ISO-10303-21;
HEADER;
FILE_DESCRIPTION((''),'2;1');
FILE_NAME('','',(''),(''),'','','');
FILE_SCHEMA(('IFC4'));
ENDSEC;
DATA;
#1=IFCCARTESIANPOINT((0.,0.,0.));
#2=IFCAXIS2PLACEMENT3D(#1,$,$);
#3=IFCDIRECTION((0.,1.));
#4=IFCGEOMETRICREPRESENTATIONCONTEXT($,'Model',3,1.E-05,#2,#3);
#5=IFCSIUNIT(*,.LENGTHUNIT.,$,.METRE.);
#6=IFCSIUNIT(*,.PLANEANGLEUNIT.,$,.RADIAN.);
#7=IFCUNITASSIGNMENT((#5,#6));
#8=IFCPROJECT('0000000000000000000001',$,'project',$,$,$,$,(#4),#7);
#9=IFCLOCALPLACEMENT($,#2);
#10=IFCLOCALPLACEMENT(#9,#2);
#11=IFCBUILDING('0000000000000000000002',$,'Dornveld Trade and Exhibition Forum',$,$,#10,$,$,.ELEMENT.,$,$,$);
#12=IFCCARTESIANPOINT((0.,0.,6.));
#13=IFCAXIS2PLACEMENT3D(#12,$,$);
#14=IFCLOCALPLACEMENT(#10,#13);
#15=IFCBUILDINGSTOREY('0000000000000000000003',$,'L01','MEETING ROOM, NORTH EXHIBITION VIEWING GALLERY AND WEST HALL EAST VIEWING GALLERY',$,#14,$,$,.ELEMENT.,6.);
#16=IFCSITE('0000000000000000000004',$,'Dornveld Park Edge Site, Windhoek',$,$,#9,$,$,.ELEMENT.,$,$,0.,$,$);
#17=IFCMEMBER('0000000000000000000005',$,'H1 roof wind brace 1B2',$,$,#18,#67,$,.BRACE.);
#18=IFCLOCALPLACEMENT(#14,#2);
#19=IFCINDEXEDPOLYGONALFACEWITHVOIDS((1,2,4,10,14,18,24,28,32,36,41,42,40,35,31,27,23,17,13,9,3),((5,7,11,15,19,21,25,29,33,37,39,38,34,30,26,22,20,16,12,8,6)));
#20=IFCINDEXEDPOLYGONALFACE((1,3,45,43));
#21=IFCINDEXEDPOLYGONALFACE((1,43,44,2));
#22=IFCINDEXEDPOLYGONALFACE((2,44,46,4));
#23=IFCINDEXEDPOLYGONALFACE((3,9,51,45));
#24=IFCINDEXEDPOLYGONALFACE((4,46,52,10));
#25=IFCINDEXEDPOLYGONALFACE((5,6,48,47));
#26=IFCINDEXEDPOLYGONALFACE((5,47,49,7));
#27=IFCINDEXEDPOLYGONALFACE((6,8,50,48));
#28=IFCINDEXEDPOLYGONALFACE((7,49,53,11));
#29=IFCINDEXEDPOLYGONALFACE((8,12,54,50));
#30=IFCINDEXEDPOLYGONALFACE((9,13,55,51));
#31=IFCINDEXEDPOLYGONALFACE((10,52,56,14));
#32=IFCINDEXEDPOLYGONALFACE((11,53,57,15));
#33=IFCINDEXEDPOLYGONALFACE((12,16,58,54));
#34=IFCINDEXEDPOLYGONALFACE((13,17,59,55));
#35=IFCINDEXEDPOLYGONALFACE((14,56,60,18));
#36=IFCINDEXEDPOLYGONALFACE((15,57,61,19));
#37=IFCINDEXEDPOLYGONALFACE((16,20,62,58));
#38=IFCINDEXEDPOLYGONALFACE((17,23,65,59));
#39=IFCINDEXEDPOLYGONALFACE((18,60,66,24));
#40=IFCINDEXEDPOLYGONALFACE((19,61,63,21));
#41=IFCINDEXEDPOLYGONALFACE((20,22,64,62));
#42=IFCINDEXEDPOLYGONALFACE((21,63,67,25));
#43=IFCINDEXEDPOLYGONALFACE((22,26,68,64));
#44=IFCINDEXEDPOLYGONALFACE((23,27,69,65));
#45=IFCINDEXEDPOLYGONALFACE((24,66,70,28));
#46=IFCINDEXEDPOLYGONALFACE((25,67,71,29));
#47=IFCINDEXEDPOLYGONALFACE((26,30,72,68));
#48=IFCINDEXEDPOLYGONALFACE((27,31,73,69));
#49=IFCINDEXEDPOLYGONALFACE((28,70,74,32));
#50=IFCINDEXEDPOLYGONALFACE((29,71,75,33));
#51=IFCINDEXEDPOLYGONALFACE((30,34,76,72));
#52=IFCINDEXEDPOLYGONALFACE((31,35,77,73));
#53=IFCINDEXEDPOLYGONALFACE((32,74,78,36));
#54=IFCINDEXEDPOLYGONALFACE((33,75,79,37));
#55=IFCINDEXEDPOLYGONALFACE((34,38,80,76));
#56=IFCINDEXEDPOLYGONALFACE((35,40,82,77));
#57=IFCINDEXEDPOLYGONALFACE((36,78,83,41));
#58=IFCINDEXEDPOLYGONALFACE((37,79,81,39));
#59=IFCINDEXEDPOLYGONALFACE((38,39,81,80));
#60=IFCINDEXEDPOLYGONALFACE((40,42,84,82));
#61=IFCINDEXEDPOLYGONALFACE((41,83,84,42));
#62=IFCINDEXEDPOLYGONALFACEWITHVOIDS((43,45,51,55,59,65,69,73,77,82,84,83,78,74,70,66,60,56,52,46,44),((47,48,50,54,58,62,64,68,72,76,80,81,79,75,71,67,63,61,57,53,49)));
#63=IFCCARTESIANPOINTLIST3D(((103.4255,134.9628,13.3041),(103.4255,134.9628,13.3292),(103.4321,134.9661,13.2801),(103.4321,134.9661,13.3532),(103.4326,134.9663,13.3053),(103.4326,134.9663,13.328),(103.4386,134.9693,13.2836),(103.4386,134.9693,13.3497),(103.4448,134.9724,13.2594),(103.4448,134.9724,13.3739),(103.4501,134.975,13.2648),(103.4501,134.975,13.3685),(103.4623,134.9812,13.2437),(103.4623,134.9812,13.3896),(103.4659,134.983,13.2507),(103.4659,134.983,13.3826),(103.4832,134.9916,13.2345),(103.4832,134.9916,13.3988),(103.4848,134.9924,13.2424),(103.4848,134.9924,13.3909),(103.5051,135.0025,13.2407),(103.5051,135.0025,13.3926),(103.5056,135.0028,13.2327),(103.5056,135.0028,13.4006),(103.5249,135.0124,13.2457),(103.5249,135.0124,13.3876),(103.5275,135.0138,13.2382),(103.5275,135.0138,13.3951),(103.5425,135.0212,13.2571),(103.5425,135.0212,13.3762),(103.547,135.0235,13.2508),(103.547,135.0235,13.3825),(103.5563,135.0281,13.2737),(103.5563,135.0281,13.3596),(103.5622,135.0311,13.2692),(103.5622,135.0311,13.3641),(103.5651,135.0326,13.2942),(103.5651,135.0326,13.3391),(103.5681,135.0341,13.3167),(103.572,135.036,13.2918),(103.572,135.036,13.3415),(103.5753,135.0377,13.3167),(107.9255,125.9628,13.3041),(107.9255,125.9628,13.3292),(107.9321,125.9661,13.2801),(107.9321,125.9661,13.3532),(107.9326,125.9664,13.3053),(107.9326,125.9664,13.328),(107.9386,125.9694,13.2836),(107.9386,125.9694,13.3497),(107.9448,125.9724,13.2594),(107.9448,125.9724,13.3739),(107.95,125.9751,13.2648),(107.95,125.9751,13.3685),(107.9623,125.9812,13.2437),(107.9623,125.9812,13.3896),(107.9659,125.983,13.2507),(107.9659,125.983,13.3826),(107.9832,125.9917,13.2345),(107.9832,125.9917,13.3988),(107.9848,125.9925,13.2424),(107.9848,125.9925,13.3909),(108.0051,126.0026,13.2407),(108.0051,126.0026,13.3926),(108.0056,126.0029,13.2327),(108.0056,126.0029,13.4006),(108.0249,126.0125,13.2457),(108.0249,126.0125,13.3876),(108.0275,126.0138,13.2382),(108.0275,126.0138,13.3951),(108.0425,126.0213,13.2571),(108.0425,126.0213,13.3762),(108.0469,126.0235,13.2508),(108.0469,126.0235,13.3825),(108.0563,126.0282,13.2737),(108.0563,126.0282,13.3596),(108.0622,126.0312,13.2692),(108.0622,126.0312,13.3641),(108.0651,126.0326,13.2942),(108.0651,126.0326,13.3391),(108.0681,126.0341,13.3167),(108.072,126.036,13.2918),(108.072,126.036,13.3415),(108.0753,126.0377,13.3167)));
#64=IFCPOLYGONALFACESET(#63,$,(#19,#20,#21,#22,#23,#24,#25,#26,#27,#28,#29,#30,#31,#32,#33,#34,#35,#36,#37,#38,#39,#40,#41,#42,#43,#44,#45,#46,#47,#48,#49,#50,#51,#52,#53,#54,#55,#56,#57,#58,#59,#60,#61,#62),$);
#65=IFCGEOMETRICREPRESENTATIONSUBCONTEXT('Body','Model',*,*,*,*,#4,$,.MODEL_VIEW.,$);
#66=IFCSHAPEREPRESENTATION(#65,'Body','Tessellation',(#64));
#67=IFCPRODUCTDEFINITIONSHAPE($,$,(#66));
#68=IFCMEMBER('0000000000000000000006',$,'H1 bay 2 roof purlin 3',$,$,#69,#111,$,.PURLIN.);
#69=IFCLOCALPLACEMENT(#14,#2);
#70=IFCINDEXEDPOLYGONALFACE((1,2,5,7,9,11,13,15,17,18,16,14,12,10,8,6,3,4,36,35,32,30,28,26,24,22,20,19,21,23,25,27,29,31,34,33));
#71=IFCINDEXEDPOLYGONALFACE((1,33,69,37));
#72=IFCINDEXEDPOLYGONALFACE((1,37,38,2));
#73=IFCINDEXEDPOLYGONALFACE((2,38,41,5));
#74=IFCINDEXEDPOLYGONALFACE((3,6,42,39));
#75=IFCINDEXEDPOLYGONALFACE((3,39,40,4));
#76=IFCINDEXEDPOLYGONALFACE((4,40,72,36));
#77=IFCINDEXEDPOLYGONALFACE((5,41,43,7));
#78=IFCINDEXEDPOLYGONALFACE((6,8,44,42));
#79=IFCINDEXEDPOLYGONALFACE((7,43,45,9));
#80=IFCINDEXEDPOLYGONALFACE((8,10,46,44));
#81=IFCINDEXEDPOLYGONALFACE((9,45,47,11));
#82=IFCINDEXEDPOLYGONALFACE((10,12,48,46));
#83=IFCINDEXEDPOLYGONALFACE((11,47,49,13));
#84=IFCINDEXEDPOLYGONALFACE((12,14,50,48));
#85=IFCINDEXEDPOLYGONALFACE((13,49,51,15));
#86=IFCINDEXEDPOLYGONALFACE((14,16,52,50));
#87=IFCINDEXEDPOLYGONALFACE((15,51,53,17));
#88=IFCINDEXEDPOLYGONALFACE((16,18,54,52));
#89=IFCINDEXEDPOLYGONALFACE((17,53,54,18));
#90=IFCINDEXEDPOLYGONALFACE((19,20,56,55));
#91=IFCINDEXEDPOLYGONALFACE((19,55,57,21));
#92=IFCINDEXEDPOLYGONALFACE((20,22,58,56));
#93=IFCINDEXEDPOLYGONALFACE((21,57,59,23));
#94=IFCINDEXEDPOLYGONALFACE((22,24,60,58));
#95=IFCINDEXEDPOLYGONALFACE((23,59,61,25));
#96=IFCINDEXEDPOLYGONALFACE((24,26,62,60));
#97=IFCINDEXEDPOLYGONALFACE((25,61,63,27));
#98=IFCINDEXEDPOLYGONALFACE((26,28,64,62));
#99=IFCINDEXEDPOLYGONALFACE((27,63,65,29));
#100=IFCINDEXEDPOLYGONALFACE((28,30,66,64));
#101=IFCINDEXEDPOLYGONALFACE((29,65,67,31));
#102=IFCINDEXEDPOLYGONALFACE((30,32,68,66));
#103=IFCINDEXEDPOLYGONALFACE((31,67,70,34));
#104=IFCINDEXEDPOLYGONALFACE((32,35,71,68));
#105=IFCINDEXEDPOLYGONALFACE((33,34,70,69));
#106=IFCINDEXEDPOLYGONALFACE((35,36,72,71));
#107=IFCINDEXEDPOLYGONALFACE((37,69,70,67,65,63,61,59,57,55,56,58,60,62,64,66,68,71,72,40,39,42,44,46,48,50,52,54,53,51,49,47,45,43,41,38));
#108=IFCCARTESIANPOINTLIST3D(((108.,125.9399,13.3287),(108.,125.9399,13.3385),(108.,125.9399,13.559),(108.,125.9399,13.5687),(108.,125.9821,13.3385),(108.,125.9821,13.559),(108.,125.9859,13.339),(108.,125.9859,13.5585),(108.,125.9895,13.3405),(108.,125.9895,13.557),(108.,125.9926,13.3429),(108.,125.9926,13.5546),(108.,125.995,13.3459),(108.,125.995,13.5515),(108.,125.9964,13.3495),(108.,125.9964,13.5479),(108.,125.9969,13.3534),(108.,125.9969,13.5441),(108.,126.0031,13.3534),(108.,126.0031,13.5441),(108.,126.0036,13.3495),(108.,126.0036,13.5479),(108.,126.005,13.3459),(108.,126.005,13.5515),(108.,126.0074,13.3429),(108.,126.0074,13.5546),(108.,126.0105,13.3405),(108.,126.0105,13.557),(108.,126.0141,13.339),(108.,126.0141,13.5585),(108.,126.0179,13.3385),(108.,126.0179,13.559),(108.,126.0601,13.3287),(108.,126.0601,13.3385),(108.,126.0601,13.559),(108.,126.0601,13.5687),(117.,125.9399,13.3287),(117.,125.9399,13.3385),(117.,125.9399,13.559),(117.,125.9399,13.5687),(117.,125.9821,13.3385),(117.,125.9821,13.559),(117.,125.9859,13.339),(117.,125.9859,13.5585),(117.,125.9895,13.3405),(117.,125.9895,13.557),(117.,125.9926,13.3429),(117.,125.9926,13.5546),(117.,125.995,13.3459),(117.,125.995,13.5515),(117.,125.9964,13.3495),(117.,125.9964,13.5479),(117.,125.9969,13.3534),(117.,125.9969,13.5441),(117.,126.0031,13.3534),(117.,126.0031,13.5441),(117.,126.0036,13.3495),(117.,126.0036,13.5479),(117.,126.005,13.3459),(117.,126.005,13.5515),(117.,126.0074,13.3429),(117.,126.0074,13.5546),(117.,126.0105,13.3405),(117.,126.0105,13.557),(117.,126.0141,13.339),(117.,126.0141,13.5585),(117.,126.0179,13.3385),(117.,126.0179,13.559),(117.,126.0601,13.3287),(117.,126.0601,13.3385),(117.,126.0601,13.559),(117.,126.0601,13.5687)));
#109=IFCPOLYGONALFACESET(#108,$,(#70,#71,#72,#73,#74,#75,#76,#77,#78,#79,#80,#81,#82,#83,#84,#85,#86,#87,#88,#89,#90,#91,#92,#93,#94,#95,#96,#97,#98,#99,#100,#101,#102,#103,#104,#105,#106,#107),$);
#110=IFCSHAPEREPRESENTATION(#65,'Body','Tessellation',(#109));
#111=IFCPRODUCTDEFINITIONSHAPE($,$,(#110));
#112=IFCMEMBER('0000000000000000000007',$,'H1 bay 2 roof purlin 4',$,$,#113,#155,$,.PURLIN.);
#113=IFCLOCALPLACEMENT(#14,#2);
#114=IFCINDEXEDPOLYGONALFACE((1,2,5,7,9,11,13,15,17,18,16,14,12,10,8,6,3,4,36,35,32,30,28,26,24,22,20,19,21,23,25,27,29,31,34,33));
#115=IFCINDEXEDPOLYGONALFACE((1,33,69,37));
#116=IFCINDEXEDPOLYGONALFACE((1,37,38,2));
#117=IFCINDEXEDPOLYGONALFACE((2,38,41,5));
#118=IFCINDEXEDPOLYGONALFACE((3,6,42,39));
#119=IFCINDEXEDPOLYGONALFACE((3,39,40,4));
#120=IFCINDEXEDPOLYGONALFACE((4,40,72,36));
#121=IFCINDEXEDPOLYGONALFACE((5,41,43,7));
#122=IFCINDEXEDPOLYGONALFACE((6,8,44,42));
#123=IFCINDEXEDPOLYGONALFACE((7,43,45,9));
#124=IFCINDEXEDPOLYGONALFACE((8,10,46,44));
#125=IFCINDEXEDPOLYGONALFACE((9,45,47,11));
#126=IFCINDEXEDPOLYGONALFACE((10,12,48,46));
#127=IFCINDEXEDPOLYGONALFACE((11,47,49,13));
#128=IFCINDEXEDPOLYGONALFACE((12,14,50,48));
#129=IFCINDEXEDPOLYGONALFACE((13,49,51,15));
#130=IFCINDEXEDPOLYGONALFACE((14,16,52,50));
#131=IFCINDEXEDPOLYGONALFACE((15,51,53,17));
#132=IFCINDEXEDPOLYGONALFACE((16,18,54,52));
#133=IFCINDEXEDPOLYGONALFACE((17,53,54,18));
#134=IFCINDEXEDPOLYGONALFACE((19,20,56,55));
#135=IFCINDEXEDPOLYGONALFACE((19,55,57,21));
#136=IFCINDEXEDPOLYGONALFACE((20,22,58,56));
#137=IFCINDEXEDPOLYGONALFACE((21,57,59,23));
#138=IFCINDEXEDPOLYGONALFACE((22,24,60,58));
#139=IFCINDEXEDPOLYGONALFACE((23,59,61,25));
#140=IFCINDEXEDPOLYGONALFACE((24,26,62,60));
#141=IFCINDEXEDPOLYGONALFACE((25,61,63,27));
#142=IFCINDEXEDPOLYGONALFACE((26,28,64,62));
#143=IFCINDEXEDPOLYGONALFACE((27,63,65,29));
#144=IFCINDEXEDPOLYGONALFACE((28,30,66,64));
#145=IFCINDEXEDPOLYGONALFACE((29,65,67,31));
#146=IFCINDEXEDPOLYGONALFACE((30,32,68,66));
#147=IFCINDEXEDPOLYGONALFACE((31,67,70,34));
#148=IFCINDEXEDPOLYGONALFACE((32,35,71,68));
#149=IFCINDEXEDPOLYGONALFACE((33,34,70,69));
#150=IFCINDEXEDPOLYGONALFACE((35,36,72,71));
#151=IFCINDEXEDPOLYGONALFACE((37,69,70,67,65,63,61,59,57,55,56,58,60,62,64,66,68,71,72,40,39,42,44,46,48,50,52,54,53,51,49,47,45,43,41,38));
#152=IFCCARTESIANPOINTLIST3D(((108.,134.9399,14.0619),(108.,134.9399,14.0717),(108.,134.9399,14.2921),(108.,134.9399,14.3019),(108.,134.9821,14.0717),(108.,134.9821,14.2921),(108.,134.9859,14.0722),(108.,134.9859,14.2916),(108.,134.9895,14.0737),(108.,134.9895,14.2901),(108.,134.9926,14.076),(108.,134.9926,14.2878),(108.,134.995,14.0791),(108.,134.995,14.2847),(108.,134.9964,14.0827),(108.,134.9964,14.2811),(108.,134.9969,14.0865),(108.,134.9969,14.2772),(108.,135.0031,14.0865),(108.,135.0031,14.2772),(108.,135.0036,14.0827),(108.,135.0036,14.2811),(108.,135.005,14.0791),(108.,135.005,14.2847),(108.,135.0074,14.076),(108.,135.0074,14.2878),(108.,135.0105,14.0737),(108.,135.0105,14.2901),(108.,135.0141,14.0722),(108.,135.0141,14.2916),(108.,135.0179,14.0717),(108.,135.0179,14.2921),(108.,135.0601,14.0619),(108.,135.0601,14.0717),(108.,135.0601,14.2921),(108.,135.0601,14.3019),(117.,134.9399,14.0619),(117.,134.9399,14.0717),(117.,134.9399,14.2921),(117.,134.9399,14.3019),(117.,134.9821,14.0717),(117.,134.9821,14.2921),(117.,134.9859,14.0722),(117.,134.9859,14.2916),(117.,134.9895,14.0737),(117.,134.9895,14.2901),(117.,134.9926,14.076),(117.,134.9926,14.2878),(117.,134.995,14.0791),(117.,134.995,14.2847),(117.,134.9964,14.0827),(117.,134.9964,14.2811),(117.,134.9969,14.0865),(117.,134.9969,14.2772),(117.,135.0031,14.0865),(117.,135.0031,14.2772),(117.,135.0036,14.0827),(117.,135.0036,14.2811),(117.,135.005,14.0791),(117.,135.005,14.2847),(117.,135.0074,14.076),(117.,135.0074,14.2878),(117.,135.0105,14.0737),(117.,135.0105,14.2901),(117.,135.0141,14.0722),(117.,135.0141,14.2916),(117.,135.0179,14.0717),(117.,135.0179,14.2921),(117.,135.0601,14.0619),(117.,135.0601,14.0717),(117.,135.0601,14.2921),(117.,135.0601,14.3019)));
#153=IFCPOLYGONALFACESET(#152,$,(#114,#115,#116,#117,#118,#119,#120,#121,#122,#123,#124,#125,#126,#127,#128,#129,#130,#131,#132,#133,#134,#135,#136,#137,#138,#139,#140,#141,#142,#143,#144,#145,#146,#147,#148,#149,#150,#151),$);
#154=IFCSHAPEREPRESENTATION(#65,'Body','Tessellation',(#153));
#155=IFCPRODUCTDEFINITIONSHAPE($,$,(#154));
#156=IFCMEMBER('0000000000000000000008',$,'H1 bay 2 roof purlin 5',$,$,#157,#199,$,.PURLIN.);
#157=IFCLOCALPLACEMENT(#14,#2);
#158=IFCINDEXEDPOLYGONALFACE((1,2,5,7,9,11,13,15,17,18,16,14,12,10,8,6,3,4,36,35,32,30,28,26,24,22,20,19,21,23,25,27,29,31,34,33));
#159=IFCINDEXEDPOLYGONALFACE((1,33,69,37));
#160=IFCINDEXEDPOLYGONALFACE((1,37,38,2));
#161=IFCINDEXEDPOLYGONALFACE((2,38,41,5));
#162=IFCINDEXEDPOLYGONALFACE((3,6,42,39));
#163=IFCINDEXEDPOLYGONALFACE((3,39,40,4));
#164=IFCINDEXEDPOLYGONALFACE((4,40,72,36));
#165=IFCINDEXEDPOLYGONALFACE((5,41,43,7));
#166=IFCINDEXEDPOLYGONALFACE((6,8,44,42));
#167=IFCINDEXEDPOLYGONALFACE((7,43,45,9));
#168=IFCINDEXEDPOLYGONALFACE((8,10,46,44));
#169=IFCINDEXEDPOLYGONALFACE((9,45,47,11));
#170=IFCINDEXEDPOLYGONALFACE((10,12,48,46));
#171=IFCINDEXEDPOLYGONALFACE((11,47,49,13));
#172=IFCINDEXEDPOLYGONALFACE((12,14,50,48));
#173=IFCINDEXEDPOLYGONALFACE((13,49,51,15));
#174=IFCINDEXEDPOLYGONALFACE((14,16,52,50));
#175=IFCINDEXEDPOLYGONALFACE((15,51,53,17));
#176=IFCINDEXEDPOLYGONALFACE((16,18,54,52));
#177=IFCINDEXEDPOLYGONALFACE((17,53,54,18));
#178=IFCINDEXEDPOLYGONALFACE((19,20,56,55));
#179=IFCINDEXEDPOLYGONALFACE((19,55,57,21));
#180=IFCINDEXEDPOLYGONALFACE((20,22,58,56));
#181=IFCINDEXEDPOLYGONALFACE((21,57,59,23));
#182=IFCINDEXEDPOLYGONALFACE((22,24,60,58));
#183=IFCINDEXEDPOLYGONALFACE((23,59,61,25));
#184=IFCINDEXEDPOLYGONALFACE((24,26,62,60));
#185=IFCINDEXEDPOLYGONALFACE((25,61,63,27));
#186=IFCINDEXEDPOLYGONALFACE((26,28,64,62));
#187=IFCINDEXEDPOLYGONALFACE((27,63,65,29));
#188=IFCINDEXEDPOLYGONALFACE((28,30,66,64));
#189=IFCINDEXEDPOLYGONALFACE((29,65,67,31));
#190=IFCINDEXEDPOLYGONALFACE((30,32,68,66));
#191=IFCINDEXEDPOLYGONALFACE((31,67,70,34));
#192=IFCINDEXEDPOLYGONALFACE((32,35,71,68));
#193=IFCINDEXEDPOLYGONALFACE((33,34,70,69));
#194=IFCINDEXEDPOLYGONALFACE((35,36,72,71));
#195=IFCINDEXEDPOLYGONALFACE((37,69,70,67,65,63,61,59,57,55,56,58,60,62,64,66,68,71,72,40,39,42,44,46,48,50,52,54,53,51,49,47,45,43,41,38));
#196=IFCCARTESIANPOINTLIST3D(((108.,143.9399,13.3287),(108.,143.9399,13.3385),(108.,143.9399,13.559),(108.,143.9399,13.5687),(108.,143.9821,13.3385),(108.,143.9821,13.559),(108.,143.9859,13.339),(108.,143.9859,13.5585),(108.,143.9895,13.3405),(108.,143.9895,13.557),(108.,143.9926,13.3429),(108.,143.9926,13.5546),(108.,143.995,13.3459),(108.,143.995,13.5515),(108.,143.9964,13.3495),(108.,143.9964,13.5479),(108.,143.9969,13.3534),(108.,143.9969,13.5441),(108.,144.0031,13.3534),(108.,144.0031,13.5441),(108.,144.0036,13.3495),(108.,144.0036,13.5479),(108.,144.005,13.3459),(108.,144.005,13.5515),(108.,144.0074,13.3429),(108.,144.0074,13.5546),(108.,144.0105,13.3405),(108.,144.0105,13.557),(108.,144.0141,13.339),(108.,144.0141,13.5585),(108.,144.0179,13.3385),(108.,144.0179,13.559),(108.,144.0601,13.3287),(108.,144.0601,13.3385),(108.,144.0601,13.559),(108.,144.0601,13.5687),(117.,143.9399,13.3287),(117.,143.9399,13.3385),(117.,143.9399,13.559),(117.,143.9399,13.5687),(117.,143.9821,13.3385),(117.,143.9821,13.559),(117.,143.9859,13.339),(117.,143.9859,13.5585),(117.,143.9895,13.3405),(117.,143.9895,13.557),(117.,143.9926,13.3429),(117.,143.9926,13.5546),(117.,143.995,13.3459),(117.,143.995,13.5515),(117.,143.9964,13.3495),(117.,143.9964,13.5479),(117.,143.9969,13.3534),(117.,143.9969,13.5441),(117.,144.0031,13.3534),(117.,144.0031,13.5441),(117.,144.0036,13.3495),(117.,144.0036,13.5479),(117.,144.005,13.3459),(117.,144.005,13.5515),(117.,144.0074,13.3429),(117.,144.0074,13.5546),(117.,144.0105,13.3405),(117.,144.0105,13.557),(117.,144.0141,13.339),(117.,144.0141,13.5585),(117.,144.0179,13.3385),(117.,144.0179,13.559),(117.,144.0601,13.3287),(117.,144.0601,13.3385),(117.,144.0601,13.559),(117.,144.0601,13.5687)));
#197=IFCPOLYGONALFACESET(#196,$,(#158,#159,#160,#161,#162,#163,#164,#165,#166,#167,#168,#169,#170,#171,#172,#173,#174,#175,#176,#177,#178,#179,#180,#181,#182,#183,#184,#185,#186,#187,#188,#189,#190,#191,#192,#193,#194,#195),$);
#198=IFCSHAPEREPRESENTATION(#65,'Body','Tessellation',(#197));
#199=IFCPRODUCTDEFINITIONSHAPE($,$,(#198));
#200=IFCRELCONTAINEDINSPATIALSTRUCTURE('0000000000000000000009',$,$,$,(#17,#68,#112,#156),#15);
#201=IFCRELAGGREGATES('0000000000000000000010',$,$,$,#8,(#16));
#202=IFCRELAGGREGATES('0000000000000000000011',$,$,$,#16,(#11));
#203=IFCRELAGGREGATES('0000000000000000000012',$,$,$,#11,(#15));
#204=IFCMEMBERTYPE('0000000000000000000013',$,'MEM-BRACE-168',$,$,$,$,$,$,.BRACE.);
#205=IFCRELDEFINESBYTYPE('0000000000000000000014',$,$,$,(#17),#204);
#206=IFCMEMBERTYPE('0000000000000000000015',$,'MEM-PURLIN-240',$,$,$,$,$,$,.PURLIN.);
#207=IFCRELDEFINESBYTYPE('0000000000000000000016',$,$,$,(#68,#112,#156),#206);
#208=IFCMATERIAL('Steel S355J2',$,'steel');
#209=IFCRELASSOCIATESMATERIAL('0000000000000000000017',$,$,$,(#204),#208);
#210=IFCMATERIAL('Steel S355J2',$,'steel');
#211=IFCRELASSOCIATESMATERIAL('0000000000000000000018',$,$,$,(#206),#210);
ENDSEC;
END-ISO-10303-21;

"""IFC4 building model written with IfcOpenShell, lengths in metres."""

from ifc_helpers import new_model, si_unit, direction, frame, origin, origin_2d, place, context, subcontext, project, spatial, hollow_circle, i_section, extrude, material, material_profile, profile_set, type_object, element, save


model = new_model("IFC4")

# Units and contexts
model_context = context("Model", 3, precision=1e-05, world=origin(), true_north=direction((0.0, 1.0)))
body_context = subcontext(model_context, "Body", "Model", "MODEL_VIEW")
ifc_project = project(units=[si_unit("LENGTHUNIT", "METRE"), si_unit("PLANEANGLEUNIT", "RADIAN")], contexts=[model_context])

# Site, building, storey
site_placement = place(None, origin())
site = spatial("IfcSite", under=ifc_project, at=site_placement, Name="Dornveld Park Edge Site, Windhoek", CompositionType="ELEMENT", RefElevation=0.0)
building_placement = place(site_placement, origin())
building = spatial("IfcBuilding", under=site, at=building_placement, Name="Dornveld Trade and Exhibition Forum", CompositionType="ELEMENT")
storey_placement = place(building_placement, frame((0.0, 0.0, 6.0)))
storey = spatial("IfcBuildingStorey", under=building, at=storey_placement, Name="L01", Description="MEETING ROOM, NORTH EXHIBITION VIEWING GALLERY AND WEST HALL EAST VIEWING GALLERY", CompositionType="ELEMENT", Elevation=6.0)

# Members
ifc_material_1 = material(Name="Steel S355J2", Category="steel")
ifc_material_profile_1 = material_profile(ifc_material_1, hollow_circle(Radius=0.0842, WallThickness=0.0081, at=origin_2d()), Name="CHS 168.3x8")
ifc_profile_set_1 = profile_set([ifc_material_profile_1], Name="Steel S355J2")
member_type_1 = type_object("IfcMemberType", Name="MEM-BRACE-168", PredefinedType="BRACE", material=ifc_profile_set_1)
member_1_placement = place(storey_placement, frame((103.5, 135.0, 13.3167), z_axis=(0.447214, -0.894427, 0.0), x_axis=(0.894427, 0.447214, 0.0)))
element("IfcMember", 1, at=member_1_placement, inside=storey, type_object=member_type_1, Name="H1 roof wind brace 1B2", PredefinedType="BRACE", context=body_context, shape_type="SweptSolid", body=[
    extrude(hollow_circle(Radius=0.0842, WallThickness=0.0081, at=origin_2d()), origin(), (0.0, 0.0, 1.0), 10.0623),
])
ifc_material_2 = material(Name="Steel S355J2", Category="steel")
ifc_material_profile_2 = material_profile(ifc_material_2, i_section(OverallWidth=0.1201, OverallDepth=0.24, WebThickness=0.0061, FlangeThickness=0.0098, FilletRadius=0.0149, at=origin_2d()), Name="IPE 240")
ifc_profile_set_2 = profile_set([ifc_material_profile_2], Name="Steel S355J2")
member_type_2 = type_object("IfcMemberType", Name="MEM-PURLIN-240", PredefinedType="PURLIN", material=ifc_profile_set_2)
for number, where, z_axis, x_axis, name in (
    (2, (108.0, 126.0, 13.4487), (1.0, 0.0, 0.0), (0.0, 1.0, 0.0), "H1 bay 2 roof purlin 3"),
    (3, (108.0, 135.0, 14.1819), (1.0, 0.0, 0.0), (0.0, 1.0, 0.0), "H1 bay 2 roof purlin 4"),
    (4, (108.0, 144.0, 13.4487), (1.0, 0.0, 0.0), (0.0, 1.0, 0.0), "H1 bay 2 roof purlin 5"),
):
    element("IfcMember", number, at=place(storey_placement, frame(where, z_axis=z_axis, x_axis=x_axis)), inside=storey, type_object=member_type_2, Name=name, PredefinedType="PURLIN", context=body_context, shape_type="SweptSolid", body=[
        extrude(i_section(OverallWidth=0.1201, OverallDepth=0.24, WebThickness=0.0061, FlangeThickness=0.0098, FilletRadius=0.0149, at=origin_2d()), origin(), (0.0, 0.0, 1.0), 9.0),
    ])

save(model, "model.ifc")
